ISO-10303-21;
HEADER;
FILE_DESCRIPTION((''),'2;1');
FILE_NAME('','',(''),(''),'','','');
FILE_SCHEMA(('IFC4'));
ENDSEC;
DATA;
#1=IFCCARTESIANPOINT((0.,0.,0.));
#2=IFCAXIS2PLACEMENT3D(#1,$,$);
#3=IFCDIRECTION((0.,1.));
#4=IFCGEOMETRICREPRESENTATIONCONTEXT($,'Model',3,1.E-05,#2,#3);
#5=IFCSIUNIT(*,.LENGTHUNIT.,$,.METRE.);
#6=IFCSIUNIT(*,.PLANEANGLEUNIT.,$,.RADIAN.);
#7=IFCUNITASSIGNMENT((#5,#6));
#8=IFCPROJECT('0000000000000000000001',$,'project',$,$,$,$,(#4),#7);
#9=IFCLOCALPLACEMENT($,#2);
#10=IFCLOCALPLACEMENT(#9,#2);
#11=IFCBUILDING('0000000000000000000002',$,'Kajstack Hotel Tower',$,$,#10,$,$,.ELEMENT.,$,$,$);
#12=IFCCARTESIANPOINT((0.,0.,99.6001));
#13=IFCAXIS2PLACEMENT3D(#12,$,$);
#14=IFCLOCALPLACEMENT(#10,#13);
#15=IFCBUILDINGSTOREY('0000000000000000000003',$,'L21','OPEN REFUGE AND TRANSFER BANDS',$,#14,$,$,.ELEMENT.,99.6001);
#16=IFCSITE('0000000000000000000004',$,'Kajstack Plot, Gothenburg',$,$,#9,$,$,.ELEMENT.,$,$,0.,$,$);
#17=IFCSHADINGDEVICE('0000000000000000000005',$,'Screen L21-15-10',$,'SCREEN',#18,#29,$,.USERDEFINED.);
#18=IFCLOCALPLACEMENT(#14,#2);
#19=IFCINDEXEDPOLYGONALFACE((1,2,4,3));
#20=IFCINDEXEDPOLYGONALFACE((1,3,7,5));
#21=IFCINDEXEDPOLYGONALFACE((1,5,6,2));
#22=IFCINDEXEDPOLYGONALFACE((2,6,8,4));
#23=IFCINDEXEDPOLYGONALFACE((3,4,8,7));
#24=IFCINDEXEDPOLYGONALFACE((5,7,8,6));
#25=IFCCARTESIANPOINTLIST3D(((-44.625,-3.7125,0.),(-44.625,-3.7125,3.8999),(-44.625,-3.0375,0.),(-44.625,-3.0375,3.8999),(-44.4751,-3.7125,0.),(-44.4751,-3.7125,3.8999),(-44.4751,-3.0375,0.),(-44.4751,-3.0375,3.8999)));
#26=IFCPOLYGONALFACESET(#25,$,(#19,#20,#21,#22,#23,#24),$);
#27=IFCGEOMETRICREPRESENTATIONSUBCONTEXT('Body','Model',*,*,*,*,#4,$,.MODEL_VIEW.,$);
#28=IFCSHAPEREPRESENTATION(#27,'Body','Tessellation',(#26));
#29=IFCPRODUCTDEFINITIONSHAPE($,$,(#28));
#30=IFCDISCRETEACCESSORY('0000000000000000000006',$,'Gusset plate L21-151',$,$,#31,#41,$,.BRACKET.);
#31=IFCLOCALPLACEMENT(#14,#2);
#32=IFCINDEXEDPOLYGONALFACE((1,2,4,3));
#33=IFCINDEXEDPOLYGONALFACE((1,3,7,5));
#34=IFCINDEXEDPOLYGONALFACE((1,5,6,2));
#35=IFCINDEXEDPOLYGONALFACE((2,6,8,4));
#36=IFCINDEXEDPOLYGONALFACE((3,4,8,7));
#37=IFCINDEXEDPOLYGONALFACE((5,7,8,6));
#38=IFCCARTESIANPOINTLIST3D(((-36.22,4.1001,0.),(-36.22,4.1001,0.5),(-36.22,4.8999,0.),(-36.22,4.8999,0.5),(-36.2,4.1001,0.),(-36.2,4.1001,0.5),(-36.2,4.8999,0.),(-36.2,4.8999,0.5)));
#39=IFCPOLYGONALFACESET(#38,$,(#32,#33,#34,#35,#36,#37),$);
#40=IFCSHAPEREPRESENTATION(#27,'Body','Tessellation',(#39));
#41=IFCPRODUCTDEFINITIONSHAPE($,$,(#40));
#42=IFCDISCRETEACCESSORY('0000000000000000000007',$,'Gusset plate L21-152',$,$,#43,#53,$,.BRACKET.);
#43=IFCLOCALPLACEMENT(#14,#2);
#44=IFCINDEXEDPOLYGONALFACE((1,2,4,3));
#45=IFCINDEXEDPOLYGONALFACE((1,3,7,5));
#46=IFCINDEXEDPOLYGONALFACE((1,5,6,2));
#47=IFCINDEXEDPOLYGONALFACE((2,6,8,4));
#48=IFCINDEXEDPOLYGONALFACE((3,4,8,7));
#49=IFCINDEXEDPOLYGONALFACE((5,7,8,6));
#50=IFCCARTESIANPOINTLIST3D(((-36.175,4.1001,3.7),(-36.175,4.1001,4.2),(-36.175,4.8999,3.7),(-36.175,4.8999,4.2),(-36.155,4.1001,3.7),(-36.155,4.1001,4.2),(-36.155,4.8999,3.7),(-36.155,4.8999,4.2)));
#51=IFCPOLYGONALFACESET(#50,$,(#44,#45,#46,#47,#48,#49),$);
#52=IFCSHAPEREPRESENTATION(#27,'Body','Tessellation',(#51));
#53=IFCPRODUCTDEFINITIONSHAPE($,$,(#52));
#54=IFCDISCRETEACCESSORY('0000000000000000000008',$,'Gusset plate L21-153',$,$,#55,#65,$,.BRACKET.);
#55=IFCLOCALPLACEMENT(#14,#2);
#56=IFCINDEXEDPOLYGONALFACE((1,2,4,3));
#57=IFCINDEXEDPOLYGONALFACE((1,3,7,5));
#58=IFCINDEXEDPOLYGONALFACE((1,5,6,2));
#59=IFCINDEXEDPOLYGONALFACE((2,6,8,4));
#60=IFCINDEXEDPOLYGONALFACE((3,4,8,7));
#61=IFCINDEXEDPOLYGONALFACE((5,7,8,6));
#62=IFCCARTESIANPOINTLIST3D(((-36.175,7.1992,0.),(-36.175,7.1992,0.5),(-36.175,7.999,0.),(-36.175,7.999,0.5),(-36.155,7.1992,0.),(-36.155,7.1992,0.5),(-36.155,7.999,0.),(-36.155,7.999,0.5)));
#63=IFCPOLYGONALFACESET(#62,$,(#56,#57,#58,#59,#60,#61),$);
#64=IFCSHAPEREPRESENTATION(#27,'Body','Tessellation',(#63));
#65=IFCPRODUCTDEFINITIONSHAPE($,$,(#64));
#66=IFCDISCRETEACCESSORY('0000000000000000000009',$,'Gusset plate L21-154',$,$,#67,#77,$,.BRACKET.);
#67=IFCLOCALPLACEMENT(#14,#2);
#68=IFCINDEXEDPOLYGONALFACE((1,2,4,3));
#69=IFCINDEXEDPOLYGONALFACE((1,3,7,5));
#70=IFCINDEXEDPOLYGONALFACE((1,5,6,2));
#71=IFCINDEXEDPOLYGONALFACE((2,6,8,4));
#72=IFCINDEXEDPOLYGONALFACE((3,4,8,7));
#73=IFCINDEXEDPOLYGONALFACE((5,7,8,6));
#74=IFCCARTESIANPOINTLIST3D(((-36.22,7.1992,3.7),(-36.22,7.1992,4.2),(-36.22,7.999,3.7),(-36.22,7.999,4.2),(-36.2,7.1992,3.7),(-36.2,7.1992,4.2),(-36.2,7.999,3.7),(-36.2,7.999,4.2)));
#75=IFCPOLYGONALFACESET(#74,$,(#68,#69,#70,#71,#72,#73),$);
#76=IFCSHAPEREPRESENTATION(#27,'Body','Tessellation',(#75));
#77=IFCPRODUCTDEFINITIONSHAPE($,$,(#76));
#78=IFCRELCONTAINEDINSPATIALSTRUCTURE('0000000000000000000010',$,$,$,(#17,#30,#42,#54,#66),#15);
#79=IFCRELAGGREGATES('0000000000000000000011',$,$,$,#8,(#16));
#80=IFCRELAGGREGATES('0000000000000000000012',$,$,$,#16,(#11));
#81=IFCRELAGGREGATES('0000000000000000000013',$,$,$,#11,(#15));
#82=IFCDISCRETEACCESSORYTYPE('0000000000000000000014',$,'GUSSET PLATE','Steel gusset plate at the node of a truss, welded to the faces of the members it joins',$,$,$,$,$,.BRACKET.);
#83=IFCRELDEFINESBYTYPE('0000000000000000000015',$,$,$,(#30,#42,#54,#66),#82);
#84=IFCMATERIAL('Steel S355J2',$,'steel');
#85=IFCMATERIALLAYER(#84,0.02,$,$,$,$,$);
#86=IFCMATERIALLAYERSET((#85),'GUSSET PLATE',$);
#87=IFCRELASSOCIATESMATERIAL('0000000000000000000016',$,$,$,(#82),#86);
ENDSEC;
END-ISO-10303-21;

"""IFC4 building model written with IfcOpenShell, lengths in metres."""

from ifc_helpers import new_model, si_unit, direction, frame, origin, origin_2d, place, context, subcontext, project, spatial, polyline, rectangle, outline, extrude, material, layer, layer_set, type_object, element, save


model = new_model("IFC4")

# Units and contexts
model_context = context("Model", 3, precision=1e-05, world=origin(), true_north=direction((0.0, 1.0)))
body_context = subcontext(model_context, "Body", "Model", "MODEL_VIEW")
ifc_project = project(units=[si_unit("LENGTHUNIT", "METRE"), si_unit("PLANEANGLEUNIT", "RADIAN")], contexts=[model_context])

# Site, building, storey
site_placement = place(None, origin())
site = spatial("IfcSite", under=ifc_project, at=site_placement, Name="Kajstack Plot, Gothenburg", CompositionType="ELEMENT", RefElevation=0.0)
building_placement = place(site_placement, origin())
building = spatial("IfcBuilding", under=site, at=building_placement, Name="Kajstack Hotel Tower", CompositionType="ELEMENT")
storey_placement = place(building_placement, frame((0.0, 0.0, 99.6001)))
storey = spatial("IfcBuildingStorey", under=building, at=storey_placement, Name="L21", Description="OPEN REFUGE AND TRANSFER BANDS", CompositionType="ELEMENT", Elevation=99.6001)

# Shared definitions
ifc_material_1 = material(Name="Steel S355J2", Category="steel")

# Shading device
for number, where, z_axis, x_axis, name in (
    (1, (-44.55, -3.375, 0.0), (0.0, 0.0, 1.0), (0.0, -1.0, 0.0), "Screen L21-15-10"),
):
    element("IfcShadingDevice", number, at=place(storey_placement, frame(where, z_axis=z_axis, x_axis=x_axis)), inside=storey, Name=name, ObjectType="SCREEN", PredefinedType="USERDEFINED", context=body_context, shape_type="SweptSolid", body=[
        extrude(rectangle(XDim=0.675, YDim=0.1499, at=origin_2d()), origin(), (0.0, 0.0, 1.0), 3.8999),
    ])

# Discrete accessories
ifc_layer_1 = layer(ifc_material_1, 0.02)
ifc_layer_set_1 = layer_set([ifc_layer_1], Name="GUSSET PLATE")
discrete_accessory_type = type_object("IfcDiscreteAccessoryType", Name="GUSSET PLATE", Description="Steel gusset plate at the node of a truss, welded to the faces of the members it joins", PredefinedType="BRACKET", material=ifc_layer_set_1)
for number, where, z_axis, x_axis, name in (
    (2, (-36.22, 4.5, 0.0), (1.0, 0.0, 0.0), (0.0, 1.0, 0.0), "Gusset plate L21-151"),
    (3, (-36.175, 4.5, 3.7), (1.0, 0.0, 0.0), (0.0, 1.0, 0.0), "Gusset plate L21-152"),
    (4, (-36.175, 7.5991, 0.0), (1.0, 0.0, 0.0), (0.0, 1.0, 0.0), "Gusset plate L21-153"),
    (5, (-36.22, 7.5991, 3.7), (1.0, 0.0, 0.0), (0.0, 1.0, 0.0), "Gusset plate L21-154"),
):
    element("IfcDiscreteAccessory", number, at=place(storey_placement, frame(where, z_axis=z_axis, x_axis=x_axis)), inside=storey, type_object=discrete_accessory_type, Name=name, PredefinedType="BRACKET", context=body_context, shape_type="SweptSolid", body=[
        extrude(outline(polyline([(-0.3999, 0.0), (0.3999, 0.0), (0.3999, 0.5), (-0.3999, 0.5), (-0.3999, 0.0)])), origin(), (0.0, 0.0, 1.0), 0.02),
    ])

save(model, "model.ifc")
